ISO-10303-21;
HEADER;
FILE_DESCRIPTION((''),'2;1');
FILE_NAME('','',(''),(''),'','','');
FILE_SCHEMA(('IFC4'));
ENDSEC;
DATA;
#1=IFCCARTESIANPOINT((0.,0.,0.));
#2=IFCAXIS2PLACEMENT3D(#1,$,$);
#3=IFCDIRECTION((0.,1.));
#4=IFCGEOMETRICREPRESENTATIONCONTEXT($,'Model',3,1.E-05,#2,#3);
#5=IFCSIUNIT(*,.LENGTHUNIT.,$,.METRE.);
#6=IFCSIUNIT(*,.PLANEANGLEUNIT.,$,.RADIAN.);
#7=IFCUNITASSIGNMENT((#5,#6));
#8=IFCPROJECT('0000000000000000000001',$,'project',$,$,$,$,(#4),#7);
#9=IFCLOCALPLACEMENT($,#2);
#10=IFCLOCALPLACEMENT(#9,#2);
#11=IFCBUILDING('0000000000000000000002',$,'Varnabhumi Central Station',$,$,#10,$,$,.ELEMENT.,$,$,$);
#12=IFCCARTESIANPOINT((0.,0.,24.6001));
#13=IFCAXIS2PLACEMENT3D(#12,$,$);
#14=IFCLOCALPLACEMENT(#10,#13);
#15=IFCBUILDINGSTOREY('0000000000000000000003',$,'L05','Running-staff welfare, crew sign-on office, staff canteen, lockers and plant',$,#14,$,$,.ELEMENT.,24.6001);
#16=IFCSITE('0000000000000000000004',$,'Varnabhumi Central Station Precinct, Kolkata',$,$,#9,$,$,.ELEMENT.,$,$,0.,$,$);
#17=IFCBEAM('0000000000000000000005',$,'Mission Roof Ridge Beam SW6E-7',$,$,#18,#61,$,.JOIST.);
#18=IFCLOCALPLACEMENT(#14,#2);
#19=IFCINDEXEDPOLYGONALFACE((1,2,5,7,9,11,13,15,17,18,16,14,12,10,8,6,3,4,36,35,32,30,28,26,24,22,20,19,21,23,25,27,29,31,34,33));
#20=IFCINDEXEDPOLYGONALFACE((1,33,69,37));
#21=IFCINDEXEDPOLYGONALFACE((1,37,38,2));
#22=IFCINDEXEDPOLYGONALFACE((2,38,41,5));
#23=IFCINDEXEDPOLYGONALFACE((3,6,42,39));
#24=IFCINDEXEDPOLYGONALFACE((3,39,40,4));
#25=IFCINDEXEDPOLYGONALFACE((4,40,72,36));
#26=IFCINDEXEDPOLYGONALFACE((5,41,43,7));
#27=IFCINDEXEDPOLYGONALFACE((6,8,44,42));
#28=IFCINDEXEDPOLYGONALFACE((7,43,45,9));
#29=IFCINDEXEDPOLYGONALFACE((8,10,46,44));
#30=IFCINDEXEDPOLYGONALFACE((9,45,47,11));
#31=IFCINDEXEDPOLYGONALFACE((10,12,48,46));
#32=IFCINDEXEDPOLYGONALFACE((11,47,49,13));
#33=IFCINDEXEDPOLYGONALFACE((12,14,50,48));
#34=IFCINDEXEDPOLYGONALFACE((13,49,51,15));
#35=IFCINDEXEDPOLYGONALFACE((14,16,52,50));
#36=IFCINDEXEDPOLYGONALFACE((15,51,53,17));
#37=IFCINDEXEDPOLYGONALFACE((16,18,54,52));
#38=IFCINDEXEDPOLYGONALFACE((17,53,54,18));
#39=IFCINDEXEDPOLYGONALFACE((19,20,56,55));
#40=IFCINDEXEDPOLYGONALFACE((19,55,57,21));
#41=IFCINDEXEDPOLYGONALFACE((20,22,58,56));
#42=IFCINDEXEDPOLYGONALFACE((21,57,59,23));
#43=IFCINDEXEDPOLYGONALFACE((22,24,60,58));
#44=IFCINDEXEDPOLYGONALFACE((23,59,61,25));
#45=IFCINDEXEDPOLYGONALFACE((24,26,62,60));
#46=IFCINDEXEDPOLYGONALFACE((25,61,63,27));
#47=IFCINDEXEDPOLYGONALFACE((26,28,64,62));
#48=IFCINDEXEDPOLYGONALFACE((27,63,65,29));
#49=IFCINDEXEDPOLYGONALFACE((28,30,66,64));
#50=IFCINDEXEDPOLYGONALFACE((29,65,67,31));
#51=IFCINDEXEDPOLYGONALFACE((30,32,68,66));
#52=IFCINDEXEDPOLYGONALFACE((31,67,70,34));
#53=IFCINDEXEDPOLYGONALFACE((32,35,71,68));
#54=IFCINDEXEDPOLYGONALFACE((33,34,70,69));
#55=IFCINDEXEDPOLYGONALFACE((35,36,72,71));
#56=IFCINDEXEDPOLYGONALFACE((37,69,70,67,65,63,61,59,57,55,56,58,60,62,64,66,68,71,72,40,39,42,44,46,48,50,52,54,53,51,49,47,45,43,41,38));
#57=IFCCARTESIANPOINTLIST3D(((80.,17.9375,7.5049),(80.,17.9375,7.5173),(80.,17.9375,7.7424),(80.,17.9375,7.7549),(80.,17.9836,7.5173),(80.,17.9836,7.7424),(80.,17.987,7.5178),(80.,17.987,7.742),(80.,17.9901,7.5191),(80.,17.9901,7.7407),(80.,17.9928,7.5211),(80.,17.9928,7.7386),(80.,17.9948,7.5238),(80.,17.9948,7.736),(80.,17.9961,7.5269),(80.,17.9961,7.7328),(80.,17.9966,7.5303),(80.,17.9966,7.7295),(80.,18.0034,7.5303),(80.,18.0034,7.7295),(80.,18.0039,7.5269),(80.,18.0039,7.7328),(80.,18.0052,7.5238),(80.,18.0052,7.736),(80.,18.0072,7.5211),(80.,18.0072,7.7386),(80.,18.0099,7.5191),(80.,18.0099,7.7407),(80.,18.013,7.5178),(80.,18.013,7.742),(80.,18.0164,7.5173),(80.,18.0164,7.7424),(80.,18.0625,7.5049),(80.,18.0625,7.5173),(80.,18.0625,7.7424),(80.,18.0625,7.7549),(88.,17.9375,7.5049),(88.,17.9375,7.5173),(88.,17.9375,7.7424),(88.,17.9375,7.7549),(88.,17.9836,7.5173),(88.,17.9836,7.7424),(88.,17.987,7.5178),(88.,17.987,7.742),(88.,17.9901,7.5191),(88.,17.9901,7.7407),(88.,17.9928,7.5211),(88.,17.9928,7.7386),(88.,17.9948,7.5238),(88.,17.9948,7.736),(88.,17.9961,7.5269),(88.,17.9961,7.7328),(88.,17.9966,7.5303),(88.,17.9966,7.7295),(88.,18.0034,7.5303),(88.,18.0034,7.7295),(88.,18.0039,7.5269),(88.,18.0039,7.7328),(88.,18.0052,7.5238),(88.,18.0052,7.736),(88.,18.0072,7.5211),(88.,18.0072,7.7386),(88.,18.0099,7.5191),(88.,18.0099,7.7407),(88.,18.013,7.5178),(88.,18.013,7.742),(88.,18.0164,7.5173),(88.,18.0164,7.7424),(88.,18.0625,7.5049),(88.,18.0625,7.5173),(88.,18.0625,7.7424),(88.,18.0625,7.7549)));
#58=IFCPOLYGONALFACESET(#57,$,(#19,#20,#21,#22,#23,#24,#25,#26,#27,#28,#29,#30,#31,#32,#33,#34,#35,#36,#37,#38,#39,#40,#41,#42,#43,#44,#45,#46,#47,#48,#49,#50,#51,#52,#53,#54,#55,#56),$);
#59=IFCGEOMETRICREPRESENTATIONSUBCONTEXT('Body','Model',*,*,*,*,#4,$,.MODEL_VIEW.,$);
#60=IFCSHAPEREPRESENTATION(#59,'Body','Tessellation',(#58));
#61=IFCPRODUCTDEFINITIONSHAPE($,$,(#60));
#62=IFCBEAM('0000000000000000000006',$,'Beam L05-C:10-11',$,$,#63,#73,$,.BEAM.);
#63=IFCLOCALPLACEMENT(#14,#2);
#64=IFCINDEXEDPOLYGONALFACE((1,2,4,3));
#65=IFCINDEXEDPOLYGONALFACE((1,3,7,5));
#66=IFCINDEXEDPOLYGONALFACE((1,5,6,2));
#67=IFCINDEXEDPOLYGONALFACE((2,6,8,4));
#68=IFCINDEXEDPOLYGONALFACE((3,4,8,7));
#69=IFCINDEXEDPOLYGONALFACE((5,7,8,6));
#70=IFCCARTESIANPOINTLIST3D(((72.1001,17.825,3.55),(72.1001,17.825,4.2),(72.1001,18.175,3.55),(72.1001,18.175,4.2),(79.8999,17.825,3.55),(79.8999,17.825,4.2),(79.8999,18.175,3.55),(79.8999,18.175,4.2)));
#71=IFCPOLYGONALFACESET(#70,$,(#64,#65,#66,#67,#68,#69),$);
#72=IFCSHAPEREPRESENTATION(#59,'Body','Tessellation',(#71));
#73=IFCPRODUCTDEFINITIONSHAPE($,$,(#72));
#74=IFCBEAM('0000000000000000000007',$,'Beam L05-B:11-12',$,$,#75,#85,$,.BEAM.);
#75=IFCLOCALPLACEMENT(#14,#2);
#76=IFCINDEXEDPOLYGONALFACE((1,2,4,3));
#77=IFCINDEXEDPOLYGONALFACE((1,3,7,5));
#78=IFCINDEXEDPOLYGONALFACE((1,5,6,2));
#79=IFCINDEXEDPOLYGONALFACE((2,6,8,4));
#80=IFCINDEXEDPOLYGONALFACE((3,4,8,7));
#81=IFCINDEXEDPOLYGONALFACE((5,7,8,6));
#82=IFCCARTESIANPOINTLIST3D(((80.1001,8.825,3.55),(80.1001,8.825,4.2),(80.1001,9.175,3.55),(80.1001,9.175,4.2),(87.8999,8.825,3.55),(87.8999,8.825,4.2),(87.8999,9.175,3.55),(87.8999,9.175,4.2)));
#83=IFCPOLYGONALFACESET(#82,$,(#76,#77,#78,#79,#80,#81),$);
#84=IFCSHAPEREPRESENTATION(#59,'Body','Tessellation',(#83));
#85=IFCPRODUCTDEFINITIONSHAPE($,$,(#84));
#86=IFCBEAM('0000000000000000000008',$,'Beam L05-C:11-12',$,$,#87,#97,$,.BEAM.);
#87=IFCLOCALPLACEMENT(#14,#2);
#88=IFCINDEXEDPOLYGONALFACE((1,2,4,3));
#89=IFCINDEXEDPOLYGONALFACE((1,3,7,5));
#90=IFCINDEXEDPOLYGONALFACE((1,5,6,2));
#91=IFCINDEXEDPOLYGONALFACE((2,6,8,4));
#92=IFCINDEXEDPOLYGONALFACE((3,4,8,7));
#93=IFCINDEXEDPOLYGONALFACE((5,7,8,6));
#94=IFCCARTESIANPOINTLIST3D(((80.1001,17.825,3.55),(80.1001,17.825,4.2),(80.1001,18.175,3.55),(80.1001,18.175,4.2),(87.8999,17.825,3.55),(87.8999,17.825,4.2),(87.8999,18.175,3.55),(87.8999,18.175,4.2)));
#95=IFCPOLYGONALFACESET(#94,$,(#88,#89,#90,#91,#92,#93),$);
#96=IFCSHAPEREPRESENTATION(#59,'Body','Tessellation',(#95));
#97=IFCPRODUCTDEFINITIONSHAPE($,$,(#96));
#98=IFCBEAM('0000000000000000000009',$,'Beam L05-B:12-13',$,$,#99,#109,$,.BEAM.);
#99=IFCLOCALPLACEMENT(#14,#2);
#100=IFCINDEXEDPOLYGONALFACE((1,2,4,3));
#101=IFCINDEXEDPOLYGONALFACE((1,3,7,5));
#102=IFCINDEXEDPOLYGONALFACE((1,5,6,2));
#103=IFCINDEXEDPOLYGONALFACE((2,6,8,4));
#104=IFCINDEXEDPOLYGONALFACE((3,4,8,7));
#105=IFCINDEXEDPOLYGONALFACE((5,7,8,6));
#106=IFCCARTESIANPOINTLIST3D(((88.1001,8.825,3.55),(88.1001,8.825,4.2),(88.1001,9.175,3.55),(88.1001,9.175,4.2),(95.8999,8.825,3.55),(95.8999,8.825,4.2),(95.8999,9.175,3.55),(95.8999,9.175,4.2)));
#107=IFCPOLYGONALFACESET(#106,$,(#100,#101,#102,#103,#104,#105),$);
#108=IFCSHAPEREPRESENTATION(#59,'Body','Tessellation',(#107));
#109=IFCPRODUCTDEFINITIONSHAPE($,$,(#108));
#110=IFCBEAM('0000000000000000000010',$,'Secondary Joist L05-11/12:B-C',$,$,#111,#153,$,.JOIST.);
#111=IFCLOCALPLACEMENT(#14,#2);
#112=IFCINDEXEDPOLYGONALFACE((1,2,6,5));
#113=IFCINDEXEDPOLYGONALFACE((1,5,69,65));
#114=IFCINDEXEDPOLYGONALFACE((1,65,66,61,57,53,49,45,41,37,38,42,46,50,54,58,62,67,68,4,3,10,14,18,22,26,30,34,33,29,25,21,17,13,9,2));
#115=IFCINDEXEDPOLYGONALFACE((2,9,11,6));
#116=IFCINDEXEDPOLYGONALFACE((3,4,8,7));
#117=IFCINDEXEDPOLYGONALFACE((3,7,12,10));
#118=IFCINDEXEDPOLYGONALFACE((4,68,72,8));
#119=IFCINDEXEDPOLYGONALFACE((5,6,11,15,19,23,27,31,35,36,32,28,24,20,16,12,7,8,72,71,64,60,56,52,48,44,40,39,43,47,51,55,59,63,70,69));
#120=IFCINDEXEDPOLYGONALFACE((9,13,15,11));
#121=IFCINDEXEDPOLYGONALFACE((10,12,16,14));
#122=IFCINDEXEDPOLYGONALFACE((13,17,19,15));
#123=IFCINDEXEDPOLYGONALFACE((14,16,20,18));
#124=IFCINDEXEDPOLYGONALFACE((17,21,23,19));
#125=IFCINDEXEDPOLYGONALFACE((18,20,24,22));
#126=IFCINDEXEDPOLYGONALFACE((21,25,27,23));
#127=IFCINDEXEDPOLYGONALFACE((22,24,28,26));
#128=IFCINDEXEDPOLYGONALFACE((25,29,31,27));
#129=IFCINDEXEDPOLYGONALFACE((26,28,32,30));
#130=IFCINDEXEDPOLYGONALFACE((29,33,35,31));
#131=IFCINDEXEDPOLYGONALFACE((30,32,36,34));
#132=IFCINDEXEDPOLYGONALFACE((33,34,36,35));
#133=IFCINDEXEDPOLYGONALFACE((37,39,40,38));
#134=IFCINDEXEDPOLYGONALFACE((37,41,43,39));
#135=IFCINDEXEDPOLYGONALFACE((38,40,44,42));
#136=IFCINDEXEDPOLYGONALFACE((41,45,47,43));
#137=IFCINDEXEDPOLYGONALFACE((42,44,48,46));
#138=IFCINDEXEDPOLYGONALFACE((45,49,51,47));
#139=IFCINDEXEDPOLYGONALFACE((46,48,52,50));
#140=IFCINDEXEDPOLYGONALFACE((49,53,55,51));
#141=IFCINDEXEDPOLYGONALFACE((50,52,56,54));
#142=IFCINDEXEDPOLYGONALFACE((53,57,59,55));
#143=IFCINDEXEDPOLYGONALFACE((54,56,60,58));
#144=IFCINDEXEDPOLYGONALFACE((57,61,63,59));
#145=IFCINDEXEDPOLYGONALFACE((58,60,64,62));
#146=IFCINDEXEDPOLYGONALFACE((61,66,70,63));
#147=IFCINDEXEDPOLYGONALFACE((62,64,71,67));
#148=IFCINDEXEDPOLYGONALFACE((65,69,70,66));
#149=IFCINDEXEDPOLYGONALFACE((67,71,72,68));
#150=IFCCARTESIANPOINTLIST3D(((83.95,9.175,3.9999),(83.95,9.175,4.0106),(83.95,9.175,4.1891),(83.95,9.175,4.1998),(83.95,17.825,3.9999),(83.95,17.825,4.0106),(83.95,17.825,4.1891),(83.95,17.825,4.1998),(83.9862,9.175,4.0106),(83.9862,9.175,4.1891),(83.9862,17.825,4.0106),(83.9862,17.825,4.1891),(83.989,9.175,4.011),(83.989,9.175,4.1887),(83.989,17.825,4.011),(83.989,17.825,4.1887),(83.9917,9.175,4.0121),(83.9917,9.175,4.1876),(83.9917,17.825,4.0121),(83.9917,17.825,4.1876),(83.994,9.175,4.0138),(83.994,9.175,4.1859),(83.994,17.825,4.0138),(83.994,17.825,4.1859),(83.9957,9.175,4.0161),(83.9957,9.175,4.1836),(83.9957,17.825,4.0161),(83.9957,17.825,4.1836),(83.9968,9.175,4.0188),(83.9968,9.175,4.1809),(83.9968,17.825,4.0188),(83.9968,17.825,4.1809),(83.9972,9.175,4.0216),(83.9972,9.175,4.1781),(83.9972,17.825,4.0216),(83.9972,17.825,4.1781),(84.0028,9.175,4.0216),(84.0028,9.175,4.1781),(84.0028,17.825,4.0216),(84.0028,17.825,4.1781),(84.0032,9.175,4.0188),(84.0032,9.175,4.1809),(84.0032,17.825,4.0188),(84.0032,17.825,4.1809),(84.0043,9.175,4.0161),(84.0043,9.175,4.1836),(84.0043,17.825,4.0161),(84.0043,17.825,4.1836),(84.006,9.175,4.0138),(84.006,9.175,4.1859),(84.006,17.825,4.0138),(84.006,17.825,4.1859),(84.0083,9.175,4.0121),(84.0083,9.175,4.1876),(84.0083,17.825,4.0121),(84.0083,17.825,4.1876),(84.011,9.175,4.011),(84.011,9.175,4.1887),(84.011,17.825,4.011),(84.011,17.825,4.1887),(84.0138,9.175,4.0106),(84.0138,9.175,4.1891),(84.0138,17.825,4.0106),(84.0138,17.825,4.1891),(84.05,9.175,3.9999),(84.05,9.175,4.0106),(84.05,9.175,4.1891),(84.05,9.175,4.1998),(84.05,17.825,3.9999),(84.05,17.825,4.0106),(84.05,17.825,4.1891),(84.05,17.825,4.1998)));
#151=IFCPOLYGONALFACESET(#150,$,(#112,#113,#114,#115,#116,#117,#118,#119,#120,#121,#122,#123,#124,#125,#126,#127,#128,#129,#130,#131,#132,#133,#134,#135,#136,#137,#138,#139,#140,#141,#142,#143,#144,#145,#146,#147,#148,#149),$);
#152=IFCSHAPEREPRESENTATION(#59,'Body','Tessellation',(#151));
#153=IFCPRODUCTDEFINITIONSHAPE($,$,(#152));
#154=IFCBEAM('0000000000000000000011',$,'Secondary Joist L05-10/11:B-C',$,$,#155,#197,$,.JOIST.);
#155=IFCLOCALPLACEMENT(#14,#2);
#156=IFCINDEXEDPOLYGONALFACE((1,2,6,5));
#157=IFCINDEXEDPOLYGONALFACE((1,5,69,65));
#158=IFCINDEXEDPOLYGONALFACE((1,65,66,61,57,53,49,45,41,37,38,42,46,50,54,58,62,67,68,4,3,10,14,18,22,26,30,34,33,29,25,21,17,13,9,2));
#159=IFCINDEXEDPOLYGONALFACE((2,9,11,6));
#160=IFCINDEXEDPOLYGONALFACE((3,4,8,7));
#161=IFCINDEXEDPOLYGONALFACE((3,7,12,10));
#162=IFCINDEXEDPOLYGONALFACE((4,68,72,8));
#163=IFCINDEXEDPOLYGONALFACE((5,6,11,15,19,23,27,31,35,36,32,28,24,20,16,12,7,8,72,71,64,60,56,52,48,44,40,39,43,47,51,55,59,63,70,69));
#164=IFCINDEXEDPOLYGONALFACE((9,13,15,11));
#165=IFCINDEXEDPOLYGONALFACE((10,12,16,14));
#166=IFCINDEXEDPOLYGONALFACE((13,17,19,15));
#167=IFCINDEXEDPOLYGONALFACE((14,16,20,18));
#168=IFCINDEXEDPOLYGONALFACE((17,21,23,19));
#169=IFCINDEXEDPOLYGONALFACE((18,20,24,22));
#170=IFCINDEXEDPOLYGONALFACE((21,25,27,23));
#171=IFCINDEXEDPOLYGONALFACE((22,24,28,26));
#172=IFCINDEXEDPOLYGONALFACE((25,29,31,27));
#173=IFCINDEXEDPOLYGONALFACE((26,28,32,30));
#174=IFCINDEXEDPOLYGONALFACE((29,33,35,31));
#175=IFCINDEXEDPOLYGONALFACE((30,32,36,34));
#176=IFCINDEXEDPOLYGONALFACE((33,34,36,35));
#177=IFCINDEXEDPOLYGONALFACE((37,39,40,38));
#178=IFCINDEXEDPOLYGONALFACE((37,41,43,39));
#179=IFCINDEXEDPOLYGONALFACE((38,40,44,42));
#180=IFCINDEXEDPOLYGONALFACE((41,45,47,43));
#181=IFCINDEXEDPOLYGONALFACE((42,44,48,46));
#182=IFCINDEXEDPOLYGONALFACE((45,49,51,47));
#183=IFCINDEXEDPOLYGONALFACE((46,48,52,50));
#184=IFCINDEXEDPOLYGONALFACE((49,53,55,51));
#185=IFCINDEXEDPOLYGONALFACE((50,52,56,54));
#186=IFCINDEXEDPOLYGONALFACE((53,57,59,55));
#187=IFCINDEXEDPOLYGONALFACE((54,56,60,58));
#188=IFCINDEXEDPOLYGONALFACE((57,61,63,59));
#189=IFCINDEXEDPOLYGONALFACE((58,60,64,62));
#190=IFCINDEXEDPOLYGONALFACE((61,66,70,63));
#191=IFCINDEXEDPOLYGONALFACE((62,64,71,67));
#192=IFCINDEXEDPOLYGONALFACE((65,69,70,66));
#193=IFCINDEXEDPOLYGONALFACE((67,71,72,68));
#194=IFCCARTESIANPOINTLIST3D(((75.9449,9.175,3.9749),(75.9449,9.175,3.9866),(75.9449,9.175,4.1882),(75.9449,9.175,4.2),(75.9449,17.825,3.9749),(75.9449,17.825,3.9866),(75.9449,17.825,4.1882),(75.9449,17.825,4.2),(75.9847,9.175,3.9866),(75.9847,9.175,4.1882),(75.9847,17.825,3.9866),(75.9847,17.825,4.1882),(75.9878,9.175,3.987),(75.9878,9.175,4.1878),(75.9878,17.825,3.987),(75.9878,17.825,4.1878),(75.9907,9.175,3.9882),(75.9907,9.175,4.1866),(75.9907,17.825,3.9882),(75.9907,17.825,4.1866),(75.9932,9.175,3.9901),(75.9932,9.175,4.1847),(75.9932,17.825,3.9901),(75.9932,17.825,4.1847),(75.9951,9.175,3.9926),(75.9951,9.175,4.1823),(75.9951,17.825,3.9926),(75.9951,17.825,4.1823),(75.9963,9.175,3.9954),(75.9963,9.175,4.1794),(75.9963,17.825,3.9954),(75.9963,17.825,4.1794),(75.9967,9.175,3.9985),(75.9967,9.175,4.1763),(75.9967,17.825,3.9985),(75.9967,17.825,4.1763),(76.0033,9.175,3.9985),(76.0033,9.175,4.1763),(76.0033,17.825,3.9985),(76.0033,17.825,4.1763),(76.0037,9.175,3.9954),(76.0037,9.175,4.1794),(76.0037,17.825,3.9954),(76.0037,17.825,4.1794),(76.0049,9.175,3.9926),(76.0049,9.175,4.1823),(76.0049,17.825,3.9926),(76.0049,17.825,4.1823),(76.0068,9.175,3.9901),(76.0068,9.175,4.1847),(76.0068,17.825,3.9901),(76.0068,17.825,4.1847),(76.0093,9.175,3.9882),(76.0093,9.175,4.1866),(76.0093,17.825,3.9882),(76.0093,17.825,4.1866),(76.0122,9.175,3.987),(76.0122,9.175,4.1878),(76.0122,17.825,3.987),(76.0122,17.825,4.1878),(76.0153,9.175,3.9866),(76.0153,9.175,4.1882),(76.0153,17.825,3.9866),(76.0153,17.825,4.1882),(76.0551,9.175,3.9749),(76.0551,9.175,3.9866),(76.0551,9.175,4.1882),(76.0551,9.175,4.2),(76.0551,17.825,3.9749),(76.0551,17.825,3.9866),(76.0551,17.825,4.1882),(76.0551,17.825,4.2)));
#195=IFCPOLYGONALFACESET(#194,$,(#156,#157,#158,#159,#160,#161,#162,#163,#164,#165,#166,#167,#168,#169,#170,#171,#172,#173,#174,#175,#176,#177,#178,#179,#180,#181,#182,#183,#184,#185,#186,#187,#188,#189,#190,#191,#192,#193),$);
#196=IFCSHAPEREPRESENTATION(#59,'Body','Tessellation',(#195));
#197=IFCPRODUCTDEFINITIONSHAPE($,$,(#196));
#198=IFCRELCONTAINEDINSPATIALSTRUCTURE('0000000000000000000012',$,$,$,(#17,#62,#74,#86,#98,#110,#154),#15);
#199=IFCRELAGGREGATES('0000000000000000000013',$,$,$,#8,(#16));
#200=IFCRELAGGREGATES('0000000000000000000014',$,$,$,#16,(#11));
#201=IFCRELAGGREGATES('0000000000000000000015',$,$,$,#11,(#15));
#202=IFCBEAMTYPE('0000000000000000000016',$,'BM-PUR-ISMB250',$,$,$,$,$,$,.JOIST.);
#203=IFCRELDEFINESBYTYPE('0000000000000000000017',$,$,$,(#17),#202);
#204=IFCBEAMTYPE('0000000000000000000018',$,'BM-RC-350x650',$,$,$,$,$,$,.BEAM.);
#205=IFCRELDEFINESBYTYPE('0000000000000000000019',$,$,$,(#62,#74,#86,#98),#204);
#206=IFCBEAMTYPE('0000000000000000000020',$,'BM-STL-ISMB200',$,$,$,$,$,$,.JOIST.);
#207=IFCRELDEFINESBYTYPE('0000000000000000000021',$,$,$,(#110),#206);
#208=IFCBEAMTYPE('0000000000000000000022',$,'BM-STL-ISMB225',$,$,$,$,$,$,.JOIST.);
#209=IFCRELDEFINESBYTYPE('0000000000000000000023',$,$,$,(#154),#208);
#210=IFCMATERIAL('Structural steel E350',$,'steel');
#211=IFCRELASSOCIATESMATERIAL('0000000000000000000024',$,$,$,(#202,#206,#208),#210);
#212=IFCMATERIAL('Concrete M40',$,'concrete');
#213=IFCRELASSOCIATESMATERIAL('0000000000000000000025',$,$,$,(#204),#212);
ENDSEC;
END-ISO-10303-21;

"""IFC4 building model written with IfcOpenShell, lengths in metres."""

from ifc_helpers import new_model, si_unit, direction, frame, origin, origin_2d, place, context, subcontext, project, spatial, rectangle, i_section, extrude, material, material_profile, profile_set, type_object, element, save


model = new_model("IFC4")

# Units and contexts
model_context = context("Model", 3, precision=1e-05, world=origin(), true_north=direction((0.0, 1.0)))
body_context = subcontext(model_context, "Body", "Model", "MODEL_VIEW")
ifc_project = project(units=[si_unit("LENGTHUNIT", "METRE"), si_unit("PLANEANGLEUNIT", "RADIAN")], contexts=[model_context])

# Site, building, storey
site_placement = place(None, origin())
site = spatial("IfcSite", under=ifc_project, at=site_placement, Name="Varnabhumi Central Station Precinct, Kolkata", CompositionType="ELEMENT", RefElevation=0.0)
building_placement = place(site_placement, origin())
building = spatial("IfcBuilding", under=site, at=building_placement, Name="Varnabhumi Central Station", CompositionType="ELEMENT")
storey_placement = place(building_placement, frame((0.0, 0.0, 24.6001)))
storey = spatial("IfcBuildingStorey", under=building, at=storey_placement, Name="L05", Description="Running-staff welfare, crew sign-on office, staff canteen, lockers and plant", CompositionType="ELEMENT", Elevation=24.6001)

# Shared definitions
ifc_material_1 = material(Name="Structural steel E350", Category="steel")
ifc_material_2 = material(Name="Concrete M40", Category="concrete")

# Beams
ifc_material_profile_1 = material_profile(ifc_material_1, i_section(OverallWidth=0.125, OverallDepth=0.25, WebThickness=0.0068, FlangeThickness=0.0125, FilletRadius=0.0129, at=origin_2d()), Name="Structural steel E350", Category="steel")
ifc_profile_set_1 = profile_set([ifc_material_profile_1], Name="Structural steel E350")
beam_type_1 = type_object("IfcBeamType", Name="BM-PUR-ISMB250", PredefinedType="JOIST", material=ifc_profile_set_1)
for number, where, z_axis, x_axis, name in (
    (1, (80.0, 18.0, 7.6299), (1.0, 0.0, 0.0), (0.0, 1.0, 0.0), "Mission Roof Ridge Beam SW6E-7"),
):
    element("IfcBeam", number, at=place(storey_placement, frame(where, z_axis=z_axis, x_axis=x_axis)), inside=storey, type_object=beam_type_1, Name=name, PredefinedType="JOIST", context=body_context, shape_type="SweptSolid", body=[
        extrude(i_section(OverallWidth=0.125, OverallDepth=0.25, WebThickness=0.0068, FlangeThickness=0.0125, FilletRadius=0.0129, at=origin_2d()), origin(), (0.0, 0.0, 1.0), 8.0),
    ])
ifc_material_profile_2 = material_profile(ifc_material_2, rectangle(XDim=0.3501, YDim=0.6499, at=origin_2d()), Name="Concrete M40", Category="concrete")
ifc_profile_set_2 = profile_set([ifc_material_profile_2], Name="Concrete M40")
beam_type_2 = type_object("IfcBeamType", Name="BM-RC-350x650", PredefinedType="BEAM", material=ifc_profile_set_2)
for number, where, z_axis, x_axis, name in (
    (2, (72.1001, 18.0, 3.875), (1.0, 0.0, 0.0), (0.0, 1.0, 0.0), "Beam L05-C:10-11"),
    (3, (80.1001, 9.0, 3.875), (1.0, 0.0, 0.0), (0.0, 1.0, 0.0), "Beam L05-B:11-12"),
    (4, (80.1001, 18.0, 3.875), (1.0, 0.0, 0.0), (0.0, 1.0, 0.0), "Beam L05-C:11-12"),
    (5, (88.1001, 9.0, 3.875), (1.0, 0.0, 0.0), (0.0, 1.0, 0.0), "Beam L05-B:12-13"),
):
    element("IfcBeam", number, at=place(storey_placement, frame(where, z_axis=z_axis, x_axis=x_axis)), inside=storey, type_object=beam_type_2, Name=name, PredefinedType="BEAM", context=body_context, shape_type="SweptSolid", body=[
        extrude(rectangle(XDim=0.3501, YDim=0.6499, at=origin_2d()), origin(), (0.0, 0.0, 1.0), 7.7998),
    ])
ifc_material_profile_3 = material_profile(ifc_material_1, i_section(OverallWidth=0.1001, OverallDepth=0.2, WebThickness=0.0056, FlangeThickness=0.0107, FilletRadius=0.011, at=origin_2d()), Name="Structural steel E350", Category="steel")
ifc_profile_set_3 = profile_set([ifc_material_profile_3], Name="Structural steel E350")
beam_type_3 = type_object("IfcBeamType", Name="BM-STL-ISMB200", PredefinedType="JOIST", material=ifc_profile_set_3)
beam_1_placement = place(storey_placement, frame((84.0, 9.175, 4.0999), z_axis=(0.0, 1.0, 0.0), x_axis=(-1.0, 0.0, 0.0)))
element("IfcBeam", 6, at=beam_1_placement, inside=storey, type_object=beam_type_3, Name="Secondary Joist L05-11/12:B-C", PredefinedType="JOIST", context=body_context, shape_type="SweptSolid", body=[
    extrude(i_section(OverallWidth=0.1001, OverallDepth=0.2, WebThickness=0.0056, FlangeThickness=0.0107, FilletRadius=0.011, at=origin_2d()), origin(), (0.0, 0.0, 1.0), 8.6499),
])
ifc_material_profile_4 = material_profile(ifc_material_1, i_section(OverallWidth=0.1101, OverallDepth=0.2251, WebThickness=0.0066, FlangeThickness=0.0117, FilletRadius=0.012, at=origin_2d()), Name="Structural steel E350", Category="steel")
ifc_profile_set_4 = profile_set([ifc_material_profile_4], Name="Structural steel E350")
beam_type_4 = type_object("IfcBeamType", Name="BM-STL-ISMB225", PredefinedType="JOIST", material=ifc_profile_set_4)
beam_2_placement = place(storey_placement, frame((76.0, 9.175, 4.0874), z_axis=(0.0, 1.0, 0.0), x_axis=(-1.0, 0.0, 0.0)))
element("IfcBeam", 7, at=beam_2_placement, inside=storey, type_object=beam_type_4, Name="Secondary Joist L05-10/11:B-C", PredefinedType="JOIST", context=body_context, shape_type="SweptSolid", body=[
    extrude(i_section(OverallWidth=0.1101, OverallDepth=0.2251, WebThickness=0.0066, FlangeThickness=0.0117, FilletRadius=0.012, at=origin_2d()), origin(), (0.0, 0.0, 1.0), 8.6499),
])

save(model, "model.ifc")
